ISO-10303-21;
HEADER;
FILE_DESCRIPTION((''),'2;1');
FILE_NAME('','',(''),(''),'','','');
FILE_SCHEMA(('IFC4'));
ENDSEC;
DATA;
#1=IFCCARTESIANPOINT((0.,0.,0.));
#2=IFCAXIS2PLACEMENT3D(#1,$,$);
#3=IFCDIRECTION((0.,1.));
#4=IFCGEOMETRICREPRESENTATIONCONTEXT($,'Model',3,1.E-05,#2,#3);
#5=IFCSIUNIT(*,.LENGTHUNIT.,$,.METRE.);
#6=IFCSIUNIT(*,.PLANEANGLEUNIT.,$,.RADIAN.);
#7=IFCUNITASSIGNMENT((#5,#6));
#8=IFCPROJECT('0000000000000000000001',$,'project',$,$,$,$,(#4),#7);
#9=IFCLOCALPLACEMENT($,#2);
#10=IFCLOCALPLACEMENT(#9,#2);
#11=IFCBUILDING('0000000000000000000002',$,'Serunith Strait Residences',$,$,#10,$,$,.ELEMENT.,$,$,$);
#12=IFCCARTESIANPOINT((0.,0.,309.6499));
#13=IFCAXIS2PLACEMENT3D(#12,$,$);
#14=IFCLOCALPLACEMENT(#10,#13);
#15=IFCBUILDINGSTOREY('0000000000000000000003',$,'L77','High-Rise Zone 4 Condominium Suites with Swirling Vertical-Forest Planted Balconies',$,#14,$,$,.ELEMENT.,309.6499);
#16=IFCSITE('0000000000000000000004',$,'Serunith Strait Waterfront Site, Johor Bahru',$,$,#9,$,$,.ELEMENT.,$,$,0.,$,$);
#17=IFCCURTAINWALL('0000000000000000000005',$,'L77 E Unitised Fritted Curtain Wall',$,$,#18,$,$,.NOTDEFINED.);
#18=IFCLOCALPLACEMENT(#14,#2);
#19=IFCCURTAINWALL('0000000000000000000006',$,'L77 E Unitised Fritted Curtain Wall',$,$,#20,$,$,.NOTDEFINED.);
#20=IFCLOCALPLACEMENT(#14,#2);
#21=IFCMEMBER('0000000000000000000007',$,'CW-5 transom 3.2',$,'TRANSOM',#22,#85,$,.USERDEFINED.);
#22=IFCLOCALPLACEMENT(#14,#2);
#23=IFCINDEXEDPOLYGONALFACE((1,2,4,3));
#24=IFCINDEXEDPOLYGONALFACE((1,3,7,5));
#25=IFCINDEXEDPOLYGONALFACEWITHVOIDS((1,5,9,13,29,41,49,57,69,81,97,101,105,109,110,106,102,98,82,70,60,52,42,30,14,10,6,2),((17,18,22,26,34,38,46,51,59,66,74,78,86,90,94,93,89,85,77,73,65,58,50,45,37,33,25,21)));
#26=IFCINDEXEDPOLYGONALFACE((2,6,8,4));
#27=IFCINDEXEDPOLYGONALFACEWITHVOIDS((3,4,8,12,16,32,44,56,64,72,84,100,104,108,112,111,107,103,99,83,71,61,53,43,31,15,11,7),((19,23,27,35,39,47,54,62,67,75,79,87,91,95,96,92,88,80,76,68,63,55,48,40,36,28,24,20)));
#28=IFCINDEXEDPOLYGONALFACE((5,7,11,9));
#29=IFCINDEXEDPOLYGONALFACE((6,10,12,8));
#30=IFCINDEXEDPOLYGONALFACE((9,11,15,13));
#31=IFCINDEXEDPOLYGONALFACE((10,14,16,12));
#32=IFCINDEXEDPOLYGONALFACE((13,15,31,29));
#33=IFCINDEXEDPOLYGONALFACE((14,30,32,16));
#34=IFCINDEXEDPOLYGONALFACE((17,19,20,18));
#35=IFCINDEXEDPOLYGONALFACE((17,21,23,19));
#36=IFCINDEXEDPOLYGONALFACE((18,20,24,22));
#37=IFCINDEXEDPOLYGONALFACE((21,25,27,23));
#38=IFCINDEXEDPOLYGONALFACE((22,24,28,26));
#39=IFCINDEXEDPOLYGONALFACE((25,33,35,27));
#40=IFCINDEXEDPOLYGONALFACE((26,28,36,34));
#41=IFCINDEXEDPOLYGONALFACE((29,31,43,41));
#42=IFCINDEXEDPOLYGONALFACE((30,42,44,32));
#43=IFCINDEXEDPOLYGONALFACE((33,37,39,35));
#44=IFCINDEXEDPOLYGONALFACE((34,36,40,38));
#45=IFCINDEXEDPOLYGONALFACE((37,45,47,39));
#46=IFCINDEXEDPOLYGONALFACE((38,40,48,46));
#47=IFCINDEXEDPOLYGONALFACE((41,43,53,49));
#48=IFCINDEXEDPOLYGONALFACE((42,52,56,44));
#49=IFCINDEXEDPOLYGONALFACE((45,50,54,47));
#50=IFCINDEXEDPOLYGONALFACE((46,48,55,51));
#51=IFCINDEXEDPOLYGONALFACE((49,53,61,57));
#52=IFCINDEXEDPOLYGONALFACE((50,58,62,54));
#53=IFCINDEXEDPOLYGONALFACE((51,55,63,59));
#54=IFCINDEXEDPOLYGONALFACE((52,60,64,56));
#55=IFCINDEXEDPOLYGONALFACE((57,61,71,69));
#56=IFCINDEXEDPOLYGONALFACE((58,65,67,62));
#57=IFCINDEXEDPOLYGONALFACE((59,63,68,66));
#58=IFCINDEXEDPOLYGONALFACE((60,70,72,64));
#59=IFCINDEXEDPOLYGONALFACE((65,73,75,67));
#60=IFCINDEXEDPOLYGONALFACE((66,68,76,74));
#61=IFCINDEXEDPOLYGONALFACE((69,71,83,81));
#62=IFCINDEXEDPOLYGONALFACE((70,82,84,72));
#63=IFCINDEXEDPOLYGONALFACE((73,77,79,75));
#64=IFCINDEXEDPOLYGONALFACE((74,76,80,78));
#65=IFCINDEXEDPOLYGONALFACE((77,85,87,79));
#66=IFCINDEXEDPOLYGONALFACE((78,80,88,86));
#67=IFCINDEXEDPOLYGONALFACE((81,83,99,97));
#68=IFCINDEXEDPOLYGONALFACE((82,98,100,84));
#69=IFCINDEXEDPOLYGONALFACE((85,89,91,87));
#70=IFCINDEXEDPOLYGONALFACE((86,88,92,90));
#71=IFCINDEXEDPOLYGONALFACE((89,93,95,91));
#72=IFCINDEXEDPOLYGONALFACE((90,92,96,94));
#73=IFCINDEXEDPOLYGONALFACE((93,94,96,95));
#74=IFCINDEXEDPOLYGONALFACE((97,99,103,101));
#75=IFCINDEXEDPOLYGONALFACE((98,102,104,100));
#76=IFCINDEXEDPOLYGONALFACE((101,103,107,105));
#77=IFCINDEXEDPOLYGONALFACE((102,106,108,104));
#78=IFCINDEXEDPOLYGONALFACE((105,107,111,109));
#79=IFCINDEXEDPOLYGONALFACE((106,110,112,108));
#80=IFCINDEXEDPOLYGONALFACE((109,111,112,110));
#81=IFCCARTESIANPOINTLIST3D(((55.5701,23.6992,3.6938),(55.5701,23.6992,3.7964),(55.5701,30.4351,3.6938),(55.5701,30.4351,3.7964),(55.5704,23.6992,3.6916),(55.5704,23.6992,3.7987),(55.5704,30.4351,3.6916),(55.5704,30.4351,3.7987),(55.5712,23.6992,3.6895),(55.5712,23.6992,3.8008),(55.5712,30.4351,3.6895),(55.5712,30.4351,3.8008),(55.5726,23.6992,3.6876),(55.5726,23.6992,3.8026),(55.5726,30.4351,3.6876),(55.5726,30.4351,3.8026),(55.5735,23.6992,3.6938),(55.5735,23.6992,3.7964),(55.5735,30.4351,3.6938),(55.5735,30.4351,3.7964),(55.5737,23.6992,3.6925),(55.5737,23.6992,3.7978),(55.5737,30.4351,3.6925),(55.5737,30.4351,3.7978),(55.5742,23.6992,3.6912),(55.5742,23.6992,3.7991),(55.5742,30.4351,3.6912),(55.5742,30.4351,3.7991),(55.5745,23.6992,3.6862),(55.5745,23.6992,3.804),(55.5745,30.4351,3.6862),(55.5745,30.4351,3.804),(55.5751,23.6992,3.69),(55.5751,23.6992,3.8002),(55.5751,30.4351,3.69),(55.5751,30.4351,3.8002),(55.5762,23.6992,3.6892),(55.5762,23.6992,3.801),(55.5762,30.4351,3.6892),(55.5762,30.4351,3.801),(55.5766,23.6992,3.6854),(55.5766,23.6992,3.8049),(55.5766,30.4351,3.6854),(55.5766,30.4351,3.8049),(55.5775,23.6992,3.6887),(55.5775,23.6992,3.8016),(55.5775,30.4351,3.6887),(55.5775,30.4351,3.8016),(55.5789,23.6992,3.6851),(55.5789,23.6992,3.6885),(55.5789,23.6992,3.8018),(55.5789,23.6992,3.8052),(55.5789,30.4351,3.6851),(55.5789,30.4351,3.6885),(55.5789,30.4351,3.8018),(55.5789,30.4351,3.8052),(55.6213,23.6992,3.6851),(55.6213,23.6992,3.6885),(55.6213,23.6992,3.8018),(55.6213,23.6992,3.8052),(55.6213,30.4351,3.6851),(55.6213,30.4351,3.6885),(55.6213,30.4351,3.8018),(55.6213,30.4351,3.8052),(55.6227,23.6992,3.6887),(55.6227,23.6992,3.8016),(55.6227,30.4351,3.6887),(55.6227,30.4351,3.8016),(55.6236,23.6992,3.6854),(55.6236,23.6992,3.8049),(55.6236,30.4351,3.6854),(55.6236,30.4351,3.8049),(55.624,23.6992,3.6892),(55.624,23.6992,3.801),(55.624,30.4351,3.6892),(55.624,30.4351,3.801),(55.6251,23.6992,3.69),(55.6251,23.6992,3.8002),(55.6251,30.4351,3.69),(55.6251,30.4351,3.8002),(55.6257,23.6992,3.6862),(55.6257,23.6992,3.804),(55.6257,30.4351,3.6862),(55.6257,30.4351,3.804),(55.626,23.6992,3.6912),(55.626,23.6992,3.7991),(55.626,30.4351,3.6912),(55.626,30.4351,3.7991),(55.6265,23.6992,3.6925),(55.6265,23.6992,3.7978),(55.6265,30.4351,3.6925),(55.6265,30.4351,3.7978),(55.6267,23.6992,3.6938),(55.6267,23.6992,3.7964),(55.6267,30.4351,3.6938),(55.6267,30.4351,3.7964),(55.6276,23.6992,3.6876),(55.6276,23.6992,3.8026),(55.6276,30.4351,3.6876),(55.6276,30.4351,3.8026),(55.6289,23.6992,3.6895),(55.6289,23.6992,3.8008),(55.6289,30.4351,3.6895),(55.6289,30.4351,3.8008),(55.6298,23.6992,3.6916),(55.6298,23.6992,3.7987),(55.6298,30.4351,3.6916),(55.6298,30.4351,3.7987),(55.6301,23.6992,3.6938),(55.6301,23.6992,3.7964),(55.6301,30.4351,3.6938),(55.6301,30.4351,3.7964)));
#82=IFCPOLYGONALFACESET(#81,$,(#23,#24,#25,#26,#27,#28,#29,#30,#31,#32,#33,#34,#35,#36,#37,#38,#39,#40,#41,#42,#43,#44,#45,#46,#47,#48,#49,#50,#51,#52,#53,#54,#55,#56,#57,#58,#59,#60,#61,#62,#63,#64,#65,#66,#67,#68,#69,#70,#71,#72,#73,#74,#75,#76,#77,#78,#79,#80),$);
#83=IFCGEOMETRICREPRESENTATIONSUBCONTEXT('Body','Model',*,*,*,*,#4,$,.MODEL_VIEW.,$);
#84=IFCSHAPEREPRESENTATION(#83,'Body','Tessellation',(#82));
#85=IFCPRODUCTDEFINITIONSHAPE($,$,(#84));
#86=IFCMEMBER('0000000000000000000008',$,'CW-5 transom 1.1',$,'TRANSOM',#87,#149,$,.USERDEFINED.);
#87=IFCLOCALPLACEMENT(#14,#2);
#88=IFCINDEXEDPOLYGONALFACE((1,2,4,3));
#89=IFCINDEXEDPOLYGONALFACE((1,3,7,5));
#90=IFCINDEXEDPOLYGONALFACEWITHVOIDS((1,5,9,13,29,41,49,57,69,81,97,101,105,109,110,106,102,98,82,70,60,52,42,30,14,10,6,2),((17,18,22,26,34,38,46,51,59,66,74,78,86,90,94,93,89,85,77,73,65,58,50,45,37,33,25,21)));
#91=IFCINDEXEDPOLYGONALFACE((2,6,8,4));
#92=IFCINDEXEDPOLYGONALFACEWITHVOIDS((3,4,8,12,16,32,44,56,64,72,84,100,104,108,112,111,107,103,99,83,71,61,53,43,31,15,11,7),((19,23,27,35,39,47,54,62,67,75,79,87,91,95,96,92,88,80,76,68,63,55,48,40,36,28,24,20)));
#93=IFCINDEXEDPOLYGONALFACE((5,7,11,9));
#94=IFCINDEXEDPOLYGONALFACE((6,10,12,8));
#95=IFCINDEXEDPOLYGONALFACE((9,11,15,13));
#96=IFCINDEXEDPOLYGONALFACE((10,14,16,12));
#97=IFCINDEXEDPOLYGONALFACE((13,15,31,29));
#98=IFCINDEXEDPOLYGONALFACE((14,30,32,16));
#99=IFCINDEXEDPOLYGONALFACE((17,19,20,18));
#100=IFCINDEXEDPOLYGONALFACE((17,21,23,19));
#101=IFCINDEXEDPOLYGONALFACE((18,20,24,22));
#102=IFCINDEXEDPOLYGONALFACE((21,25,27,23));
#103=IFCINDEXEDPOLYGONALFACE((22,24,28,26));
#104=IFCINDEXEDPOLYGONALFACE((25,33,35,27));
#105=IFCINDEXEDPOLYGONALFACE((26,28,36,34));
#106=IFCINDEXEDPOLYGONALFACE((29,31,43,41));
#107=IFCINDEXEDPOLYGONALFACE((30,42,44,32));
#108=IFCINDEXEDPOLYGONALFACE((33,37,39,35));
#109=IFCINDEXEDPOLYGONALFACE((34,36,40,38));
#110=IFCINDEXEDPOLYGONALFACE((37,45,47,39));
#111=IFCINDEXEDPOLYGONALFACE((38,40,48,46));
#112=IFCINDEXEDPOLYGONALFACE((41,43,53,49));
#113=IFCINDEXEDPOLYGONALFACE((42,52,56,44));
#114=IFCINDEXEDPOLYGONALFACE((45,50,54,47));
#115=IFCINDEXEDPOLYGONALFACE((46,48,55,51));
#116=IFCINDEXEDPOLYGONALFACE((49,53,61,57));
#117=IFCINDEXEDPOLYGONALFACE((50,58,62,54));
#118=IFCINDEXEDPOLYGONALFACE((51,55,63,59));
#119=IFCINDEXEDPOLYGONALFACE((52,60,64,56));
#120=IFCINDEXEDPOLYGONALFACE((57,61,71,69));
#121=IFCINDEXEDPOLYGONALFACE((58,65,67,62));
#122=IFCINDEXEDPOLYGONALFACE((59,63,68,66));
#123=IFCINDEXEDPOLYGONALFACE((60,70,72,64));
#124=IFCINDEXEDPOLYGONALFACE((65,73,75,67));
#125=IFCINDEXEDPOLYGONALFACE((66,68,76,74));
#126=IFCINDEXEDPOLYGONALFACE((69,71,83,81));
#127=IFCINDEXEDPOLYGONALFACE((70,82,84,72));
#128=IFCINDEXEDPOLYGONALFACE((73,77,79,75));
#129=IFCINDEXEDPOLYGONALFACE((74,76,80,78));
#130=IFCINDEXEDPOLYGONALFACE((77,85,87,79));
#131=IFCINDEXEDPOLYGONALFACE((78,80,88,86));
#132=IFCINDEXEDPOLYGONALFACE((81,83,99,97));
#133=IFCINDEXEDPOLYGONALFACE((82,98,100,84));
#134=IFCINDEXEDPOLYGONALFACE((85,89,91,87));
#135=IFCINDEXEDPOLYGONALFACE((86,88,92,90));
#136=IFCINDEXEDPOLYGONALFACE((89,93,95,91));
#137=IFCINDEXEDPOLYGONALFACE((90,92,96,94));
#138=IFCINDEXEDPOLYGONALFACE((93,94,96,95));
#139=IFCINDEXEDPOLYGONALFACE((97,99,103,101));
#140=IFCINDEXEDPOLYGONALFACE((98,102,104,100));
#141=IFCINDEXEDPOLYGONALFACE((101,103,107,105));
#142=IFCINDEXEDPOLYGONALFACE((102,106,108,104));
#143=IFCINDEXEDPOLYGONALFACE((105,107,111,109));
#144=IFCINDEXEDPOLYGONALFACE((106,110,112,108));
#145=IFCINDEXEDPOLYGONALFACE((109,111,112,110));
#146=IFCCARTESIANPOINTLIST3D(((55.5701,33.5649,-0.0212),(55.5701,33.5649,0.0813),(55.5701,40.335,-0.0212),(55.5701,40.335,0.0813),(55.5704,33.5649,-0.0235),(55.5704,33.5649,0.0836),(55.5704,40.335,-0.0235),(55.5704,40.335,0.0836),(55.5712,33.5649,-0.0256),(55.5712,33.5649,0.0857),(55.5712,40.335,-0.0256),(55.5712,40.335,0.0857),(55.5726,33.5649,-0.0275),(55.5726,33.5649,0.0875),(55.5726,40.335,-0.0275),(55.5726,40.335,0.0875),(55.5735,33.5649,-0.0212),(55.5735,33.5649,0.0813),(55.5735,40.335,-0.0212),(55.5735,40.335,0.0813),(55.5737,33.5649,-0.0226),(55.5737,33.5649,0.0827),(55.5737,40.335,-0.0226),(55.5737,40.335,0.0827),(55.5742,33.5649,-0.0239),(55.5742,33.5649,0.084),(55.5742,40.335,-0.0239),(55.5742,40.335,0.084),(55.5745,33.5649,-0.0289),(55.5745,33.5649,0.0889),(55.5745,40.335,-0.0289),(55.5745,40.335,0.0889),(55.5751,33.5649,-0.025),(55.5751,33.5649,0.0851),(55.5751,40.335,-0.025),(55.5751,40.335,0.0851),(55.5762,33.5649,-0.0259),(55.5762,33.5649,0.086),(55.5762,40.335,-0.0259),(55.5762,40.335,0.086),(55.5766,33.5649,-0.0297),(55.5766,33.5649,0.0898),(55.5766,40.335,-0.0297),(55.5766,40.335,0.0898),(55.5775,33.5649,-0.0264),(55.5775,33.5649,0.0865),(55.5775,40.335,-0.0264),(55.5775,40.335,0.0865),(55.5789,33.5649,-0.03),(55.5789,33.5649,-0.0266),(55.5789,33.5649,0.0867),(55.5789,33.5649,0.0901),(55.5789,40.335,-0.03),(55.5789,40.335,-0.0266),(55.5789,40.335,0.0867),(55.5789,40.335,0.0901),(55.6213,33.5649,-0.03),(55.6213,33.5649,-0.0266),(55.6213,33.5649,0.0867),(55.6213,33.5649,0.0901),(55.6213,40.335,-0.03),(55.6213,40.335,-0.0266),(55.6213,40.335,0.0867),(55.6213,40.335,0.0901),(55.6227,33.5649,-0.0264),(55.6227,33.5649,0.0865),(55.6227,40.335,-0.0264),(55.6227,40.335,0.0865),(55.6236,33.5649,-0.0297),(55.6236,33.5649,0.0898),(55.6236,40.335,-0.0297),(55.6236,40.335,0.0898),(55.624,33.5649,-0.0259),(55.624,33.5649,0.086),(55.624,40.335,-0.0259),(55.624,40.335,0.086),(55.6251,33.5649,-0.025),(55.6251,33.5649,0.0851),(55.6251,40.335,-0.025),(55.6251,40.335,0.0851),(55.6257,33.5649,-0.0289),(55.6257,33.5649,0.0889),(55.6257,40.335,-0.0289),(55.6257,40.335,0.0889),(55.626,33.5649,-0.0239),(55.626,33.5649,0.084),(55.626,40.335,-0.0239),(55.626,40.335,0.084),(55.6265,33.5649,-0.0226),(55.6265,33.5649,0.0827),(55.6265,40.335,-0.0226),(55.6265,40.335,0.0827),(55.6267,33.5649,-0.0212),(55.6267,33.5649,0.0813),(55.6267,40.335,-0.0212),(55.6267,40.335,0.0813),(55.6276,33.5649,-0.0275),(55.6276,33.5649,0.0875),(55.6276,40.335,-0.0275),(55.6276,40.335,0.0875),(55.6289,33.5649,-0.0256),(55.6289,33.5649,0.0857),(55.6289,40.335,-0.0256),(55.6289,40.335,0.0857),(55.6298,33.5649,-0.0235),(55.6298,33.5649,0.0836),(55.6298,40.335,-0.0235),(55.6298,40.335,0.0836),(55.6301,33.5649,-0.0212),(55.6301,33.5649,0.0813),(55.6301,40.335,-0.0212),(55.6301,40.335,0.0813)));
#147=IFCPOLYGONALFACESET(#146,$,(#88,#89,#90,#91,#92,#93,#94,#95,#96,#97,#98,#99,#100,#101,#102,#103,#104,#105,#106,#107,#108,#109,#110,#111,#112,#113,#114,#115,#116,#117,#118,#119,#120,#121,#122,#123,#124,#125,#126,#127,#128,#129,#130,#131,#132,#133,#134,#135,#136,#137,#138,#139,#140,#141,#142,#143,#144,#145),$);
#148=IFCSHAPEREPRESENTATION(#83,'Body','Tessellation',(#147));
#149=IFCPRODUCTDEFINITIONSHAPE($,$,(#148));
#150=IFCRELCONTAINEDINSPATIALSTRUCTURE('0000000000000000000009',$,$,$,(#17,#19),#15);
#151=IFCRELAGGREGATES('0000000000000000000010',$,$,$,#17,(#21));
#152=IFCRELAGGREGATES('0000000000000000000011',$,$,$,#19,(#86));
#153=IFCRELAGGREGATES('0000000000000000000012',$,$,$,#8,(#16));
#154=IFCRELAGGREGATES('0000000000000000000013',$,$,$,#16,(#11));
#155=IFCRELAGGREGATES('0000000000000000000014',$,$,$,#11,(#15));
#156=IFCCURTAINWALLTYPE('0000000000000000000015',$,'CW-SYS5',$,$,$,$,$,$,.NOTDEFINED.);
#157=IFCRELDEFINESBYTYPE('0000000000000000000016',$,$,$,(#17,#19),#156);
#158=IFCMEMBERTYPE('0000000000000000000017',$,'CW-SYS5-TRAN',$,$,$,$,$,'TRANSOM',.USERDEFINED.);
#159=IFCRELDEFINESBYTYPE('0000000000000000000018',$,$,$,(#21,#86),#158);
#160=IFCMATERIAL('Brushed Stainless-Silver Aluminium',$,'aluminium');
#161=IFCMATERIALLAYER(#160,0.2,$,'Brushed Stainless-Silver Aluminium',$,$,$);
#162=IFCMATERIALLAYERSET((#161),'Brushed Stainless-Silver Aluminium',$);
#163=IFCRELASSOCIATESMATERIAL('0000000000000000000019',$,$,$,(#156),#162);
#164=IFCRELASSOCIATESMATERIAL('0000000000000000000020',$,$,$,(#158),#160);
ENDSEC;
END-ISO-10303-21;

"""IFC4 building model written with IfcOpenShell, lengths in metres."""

from ifc_helpers import new_model, si_unit, direction, frame, origin, origin_2d, place, context, subcontext, project, spatial, hollow_rectangle, extrude, source, transform, mapped, material, layer, layer_set, material_profile, profile_set, type_object, element, aggregate, save


model = new_model("IFC4")

# Units and contexts
model_context = context("Model", 3, precision=1e-05, world=origin(), true_north=direction((0.0, 1.0)))
body_context = subcontext(model_context, "Body", "Model", "MODEL_VIEW")
ifc_project = project(units=[si_unit("LENGTHUNIT", "METRE"), si_unit("PLANEANGLEUNIT", "RADIAN")], contexts=[model_context])

# Site, building, storey
site_placement = place(None, origin())
site = spatial("IfcSite", under=ifc_project, at=site_placement, Name="Serunith Strait Waterfront Site, Johor Bahru", CompositionType="ELEMENT", RefElevation=0.0)
building_placement = place(site_placement, origin())
building = spatial("IfcBuilding", under=site, at=building_placement, Name="Serunith Strait Residences", CompositionType="ELEMENT")
storey_placement = place(building_placement, frame((0.0, 0.0, 309.6499)))
storey = spatial("IfcBuildingStorey", under=building, at=storey_placement, Name="L77", Description="High-Rise Zone 4 Condominium Suites with Swirling Vertical-Forest Planted Balconies", CompositionType="ELEMENT", Elevation=309.6499)

# Curtain wall
ifc_material_1 = material(Name="Brushed Stainless-Silver Aluminium", Category="aluminium")
ifc_layer_1 = layer(ifc_material_1, 0.2, Name="Brushed Stainless-Silver Aluminium")
ifc_layer_set_1 = layer_set([ifc_layer_1], Name="Brushed Stainless-Silver Aluminium")
curtain_wall_type = type_object("IfcCurtainWallType", Name="CW-SYS5", PredefinedType="NOTDEFINED", material=ifc_layer_set_1)
curtain_wall_1_placement = place(storey_placement, origin())
curtain_wall_1 = element("IfcCurtainWall", 1, at=curtain_wall_1_placement, inside=storey, type_object=curtain_wall_type, Name="L77 E Unitised Fritted Curtain Wall", PredefinedType="NOTDEFINED")

# Curtain wall
curtain_wall_2_placement = place(storey_placement, origin())
curtain_wall_2 = element("IfcCurtainWall", 2, at=curtain_wall_2_placement, inside=storey, type_object=curtain_wall_type, Name="L77 E Unitised Fritted Curtain Wall", PredefinedType="NOTDEFINED")

# Members
ifc_material_profile_1 = material_profile(ifc_material_1, hollow_rectangle(XDim=0.0601, YDim=0.1201, WallThickness=0.0034, InnerFilletRadius=0.0054, OuterFilletRadius=0.0088, at=origin_2d()), Name="ALU 120x60x3.5")
ifc_profile_set_1 = profile_set([ifc_material_profile_1], Name="Brushed Stainless-Silver Aluminium")
member_type_1 = type_object("IfcMemberType", Name="CW-SYS5-TRAN", ElementType="TRANSOM", PredefinedType="USERDEFINED", material=ifc_profile_set_1)
shared_shape_1 = source(origin(), body_context, "Body", "SweptSolid", [
    extrude(hollow_rectangle(XDim=0.0601, YDim=0.1201, WallThickness=0.0034, InnerFilletRadius=0.0054, OuterFilletRadius=0.0088, at=origin_2d()), origin(), (0.0, 0.0, 1.0), 6.7358),
])
member_1_placement = place(storey_placement, frame((55.6001, 23.6992, 3.7451), z_axis=(0.0, 1.0, 0.0), x_axis=(-1.0, 0.0, 0.0)))
member_1 = element("IfcMember", 3, at=member_1_placement, type_object=member_type_1, Name="CW-5 transom 3.2", ObjectType="TRANSOM", PredefinedType="USERDEFINED", context=body_context, shape_type="MappedRepresentation", body=[
    mapped(shared_shape_1, transform((0.0, 0.0, 0.0), scale=1.0)),
])
shared_shape_2 = source(origin(), body_context, "Body", "SweptSolid", [
    extrude(hollow_rectangle(XDim=0.0601, YDim=0.1201, WallThickness=0.0034, InnerFilletRadius=0.0054, OuterFilletRadius=0.0088, at=origin_2d()), origin(), (0.0, 0.0, 1.0), 6.77),
])
member_2_placement = place(storey_placement, frame((55.6001, 33.5649, 0.03), z_axis=(0.0, 1.0, 0.0), x_axis=(-1.0, 0.0, 0.0)))
member_2 = element("IfcMember", 4, at=member_2_placement, type_object=member_type_1, Name="CW-5 transom 1.1", ObjectType="TRANSOM", PredefinedType="USERDEFINED", context=body_context, shape_type="MappedRepresentation", body=[
    mapped(shared_shape_2, transform((0.0, 0.0, 0.0), scale=1.0)),
])

aggregate(curtain_wall_1, [member_1])
aggregate(curtain_wall_2, [member_2])

save(model, "model.ifc")
